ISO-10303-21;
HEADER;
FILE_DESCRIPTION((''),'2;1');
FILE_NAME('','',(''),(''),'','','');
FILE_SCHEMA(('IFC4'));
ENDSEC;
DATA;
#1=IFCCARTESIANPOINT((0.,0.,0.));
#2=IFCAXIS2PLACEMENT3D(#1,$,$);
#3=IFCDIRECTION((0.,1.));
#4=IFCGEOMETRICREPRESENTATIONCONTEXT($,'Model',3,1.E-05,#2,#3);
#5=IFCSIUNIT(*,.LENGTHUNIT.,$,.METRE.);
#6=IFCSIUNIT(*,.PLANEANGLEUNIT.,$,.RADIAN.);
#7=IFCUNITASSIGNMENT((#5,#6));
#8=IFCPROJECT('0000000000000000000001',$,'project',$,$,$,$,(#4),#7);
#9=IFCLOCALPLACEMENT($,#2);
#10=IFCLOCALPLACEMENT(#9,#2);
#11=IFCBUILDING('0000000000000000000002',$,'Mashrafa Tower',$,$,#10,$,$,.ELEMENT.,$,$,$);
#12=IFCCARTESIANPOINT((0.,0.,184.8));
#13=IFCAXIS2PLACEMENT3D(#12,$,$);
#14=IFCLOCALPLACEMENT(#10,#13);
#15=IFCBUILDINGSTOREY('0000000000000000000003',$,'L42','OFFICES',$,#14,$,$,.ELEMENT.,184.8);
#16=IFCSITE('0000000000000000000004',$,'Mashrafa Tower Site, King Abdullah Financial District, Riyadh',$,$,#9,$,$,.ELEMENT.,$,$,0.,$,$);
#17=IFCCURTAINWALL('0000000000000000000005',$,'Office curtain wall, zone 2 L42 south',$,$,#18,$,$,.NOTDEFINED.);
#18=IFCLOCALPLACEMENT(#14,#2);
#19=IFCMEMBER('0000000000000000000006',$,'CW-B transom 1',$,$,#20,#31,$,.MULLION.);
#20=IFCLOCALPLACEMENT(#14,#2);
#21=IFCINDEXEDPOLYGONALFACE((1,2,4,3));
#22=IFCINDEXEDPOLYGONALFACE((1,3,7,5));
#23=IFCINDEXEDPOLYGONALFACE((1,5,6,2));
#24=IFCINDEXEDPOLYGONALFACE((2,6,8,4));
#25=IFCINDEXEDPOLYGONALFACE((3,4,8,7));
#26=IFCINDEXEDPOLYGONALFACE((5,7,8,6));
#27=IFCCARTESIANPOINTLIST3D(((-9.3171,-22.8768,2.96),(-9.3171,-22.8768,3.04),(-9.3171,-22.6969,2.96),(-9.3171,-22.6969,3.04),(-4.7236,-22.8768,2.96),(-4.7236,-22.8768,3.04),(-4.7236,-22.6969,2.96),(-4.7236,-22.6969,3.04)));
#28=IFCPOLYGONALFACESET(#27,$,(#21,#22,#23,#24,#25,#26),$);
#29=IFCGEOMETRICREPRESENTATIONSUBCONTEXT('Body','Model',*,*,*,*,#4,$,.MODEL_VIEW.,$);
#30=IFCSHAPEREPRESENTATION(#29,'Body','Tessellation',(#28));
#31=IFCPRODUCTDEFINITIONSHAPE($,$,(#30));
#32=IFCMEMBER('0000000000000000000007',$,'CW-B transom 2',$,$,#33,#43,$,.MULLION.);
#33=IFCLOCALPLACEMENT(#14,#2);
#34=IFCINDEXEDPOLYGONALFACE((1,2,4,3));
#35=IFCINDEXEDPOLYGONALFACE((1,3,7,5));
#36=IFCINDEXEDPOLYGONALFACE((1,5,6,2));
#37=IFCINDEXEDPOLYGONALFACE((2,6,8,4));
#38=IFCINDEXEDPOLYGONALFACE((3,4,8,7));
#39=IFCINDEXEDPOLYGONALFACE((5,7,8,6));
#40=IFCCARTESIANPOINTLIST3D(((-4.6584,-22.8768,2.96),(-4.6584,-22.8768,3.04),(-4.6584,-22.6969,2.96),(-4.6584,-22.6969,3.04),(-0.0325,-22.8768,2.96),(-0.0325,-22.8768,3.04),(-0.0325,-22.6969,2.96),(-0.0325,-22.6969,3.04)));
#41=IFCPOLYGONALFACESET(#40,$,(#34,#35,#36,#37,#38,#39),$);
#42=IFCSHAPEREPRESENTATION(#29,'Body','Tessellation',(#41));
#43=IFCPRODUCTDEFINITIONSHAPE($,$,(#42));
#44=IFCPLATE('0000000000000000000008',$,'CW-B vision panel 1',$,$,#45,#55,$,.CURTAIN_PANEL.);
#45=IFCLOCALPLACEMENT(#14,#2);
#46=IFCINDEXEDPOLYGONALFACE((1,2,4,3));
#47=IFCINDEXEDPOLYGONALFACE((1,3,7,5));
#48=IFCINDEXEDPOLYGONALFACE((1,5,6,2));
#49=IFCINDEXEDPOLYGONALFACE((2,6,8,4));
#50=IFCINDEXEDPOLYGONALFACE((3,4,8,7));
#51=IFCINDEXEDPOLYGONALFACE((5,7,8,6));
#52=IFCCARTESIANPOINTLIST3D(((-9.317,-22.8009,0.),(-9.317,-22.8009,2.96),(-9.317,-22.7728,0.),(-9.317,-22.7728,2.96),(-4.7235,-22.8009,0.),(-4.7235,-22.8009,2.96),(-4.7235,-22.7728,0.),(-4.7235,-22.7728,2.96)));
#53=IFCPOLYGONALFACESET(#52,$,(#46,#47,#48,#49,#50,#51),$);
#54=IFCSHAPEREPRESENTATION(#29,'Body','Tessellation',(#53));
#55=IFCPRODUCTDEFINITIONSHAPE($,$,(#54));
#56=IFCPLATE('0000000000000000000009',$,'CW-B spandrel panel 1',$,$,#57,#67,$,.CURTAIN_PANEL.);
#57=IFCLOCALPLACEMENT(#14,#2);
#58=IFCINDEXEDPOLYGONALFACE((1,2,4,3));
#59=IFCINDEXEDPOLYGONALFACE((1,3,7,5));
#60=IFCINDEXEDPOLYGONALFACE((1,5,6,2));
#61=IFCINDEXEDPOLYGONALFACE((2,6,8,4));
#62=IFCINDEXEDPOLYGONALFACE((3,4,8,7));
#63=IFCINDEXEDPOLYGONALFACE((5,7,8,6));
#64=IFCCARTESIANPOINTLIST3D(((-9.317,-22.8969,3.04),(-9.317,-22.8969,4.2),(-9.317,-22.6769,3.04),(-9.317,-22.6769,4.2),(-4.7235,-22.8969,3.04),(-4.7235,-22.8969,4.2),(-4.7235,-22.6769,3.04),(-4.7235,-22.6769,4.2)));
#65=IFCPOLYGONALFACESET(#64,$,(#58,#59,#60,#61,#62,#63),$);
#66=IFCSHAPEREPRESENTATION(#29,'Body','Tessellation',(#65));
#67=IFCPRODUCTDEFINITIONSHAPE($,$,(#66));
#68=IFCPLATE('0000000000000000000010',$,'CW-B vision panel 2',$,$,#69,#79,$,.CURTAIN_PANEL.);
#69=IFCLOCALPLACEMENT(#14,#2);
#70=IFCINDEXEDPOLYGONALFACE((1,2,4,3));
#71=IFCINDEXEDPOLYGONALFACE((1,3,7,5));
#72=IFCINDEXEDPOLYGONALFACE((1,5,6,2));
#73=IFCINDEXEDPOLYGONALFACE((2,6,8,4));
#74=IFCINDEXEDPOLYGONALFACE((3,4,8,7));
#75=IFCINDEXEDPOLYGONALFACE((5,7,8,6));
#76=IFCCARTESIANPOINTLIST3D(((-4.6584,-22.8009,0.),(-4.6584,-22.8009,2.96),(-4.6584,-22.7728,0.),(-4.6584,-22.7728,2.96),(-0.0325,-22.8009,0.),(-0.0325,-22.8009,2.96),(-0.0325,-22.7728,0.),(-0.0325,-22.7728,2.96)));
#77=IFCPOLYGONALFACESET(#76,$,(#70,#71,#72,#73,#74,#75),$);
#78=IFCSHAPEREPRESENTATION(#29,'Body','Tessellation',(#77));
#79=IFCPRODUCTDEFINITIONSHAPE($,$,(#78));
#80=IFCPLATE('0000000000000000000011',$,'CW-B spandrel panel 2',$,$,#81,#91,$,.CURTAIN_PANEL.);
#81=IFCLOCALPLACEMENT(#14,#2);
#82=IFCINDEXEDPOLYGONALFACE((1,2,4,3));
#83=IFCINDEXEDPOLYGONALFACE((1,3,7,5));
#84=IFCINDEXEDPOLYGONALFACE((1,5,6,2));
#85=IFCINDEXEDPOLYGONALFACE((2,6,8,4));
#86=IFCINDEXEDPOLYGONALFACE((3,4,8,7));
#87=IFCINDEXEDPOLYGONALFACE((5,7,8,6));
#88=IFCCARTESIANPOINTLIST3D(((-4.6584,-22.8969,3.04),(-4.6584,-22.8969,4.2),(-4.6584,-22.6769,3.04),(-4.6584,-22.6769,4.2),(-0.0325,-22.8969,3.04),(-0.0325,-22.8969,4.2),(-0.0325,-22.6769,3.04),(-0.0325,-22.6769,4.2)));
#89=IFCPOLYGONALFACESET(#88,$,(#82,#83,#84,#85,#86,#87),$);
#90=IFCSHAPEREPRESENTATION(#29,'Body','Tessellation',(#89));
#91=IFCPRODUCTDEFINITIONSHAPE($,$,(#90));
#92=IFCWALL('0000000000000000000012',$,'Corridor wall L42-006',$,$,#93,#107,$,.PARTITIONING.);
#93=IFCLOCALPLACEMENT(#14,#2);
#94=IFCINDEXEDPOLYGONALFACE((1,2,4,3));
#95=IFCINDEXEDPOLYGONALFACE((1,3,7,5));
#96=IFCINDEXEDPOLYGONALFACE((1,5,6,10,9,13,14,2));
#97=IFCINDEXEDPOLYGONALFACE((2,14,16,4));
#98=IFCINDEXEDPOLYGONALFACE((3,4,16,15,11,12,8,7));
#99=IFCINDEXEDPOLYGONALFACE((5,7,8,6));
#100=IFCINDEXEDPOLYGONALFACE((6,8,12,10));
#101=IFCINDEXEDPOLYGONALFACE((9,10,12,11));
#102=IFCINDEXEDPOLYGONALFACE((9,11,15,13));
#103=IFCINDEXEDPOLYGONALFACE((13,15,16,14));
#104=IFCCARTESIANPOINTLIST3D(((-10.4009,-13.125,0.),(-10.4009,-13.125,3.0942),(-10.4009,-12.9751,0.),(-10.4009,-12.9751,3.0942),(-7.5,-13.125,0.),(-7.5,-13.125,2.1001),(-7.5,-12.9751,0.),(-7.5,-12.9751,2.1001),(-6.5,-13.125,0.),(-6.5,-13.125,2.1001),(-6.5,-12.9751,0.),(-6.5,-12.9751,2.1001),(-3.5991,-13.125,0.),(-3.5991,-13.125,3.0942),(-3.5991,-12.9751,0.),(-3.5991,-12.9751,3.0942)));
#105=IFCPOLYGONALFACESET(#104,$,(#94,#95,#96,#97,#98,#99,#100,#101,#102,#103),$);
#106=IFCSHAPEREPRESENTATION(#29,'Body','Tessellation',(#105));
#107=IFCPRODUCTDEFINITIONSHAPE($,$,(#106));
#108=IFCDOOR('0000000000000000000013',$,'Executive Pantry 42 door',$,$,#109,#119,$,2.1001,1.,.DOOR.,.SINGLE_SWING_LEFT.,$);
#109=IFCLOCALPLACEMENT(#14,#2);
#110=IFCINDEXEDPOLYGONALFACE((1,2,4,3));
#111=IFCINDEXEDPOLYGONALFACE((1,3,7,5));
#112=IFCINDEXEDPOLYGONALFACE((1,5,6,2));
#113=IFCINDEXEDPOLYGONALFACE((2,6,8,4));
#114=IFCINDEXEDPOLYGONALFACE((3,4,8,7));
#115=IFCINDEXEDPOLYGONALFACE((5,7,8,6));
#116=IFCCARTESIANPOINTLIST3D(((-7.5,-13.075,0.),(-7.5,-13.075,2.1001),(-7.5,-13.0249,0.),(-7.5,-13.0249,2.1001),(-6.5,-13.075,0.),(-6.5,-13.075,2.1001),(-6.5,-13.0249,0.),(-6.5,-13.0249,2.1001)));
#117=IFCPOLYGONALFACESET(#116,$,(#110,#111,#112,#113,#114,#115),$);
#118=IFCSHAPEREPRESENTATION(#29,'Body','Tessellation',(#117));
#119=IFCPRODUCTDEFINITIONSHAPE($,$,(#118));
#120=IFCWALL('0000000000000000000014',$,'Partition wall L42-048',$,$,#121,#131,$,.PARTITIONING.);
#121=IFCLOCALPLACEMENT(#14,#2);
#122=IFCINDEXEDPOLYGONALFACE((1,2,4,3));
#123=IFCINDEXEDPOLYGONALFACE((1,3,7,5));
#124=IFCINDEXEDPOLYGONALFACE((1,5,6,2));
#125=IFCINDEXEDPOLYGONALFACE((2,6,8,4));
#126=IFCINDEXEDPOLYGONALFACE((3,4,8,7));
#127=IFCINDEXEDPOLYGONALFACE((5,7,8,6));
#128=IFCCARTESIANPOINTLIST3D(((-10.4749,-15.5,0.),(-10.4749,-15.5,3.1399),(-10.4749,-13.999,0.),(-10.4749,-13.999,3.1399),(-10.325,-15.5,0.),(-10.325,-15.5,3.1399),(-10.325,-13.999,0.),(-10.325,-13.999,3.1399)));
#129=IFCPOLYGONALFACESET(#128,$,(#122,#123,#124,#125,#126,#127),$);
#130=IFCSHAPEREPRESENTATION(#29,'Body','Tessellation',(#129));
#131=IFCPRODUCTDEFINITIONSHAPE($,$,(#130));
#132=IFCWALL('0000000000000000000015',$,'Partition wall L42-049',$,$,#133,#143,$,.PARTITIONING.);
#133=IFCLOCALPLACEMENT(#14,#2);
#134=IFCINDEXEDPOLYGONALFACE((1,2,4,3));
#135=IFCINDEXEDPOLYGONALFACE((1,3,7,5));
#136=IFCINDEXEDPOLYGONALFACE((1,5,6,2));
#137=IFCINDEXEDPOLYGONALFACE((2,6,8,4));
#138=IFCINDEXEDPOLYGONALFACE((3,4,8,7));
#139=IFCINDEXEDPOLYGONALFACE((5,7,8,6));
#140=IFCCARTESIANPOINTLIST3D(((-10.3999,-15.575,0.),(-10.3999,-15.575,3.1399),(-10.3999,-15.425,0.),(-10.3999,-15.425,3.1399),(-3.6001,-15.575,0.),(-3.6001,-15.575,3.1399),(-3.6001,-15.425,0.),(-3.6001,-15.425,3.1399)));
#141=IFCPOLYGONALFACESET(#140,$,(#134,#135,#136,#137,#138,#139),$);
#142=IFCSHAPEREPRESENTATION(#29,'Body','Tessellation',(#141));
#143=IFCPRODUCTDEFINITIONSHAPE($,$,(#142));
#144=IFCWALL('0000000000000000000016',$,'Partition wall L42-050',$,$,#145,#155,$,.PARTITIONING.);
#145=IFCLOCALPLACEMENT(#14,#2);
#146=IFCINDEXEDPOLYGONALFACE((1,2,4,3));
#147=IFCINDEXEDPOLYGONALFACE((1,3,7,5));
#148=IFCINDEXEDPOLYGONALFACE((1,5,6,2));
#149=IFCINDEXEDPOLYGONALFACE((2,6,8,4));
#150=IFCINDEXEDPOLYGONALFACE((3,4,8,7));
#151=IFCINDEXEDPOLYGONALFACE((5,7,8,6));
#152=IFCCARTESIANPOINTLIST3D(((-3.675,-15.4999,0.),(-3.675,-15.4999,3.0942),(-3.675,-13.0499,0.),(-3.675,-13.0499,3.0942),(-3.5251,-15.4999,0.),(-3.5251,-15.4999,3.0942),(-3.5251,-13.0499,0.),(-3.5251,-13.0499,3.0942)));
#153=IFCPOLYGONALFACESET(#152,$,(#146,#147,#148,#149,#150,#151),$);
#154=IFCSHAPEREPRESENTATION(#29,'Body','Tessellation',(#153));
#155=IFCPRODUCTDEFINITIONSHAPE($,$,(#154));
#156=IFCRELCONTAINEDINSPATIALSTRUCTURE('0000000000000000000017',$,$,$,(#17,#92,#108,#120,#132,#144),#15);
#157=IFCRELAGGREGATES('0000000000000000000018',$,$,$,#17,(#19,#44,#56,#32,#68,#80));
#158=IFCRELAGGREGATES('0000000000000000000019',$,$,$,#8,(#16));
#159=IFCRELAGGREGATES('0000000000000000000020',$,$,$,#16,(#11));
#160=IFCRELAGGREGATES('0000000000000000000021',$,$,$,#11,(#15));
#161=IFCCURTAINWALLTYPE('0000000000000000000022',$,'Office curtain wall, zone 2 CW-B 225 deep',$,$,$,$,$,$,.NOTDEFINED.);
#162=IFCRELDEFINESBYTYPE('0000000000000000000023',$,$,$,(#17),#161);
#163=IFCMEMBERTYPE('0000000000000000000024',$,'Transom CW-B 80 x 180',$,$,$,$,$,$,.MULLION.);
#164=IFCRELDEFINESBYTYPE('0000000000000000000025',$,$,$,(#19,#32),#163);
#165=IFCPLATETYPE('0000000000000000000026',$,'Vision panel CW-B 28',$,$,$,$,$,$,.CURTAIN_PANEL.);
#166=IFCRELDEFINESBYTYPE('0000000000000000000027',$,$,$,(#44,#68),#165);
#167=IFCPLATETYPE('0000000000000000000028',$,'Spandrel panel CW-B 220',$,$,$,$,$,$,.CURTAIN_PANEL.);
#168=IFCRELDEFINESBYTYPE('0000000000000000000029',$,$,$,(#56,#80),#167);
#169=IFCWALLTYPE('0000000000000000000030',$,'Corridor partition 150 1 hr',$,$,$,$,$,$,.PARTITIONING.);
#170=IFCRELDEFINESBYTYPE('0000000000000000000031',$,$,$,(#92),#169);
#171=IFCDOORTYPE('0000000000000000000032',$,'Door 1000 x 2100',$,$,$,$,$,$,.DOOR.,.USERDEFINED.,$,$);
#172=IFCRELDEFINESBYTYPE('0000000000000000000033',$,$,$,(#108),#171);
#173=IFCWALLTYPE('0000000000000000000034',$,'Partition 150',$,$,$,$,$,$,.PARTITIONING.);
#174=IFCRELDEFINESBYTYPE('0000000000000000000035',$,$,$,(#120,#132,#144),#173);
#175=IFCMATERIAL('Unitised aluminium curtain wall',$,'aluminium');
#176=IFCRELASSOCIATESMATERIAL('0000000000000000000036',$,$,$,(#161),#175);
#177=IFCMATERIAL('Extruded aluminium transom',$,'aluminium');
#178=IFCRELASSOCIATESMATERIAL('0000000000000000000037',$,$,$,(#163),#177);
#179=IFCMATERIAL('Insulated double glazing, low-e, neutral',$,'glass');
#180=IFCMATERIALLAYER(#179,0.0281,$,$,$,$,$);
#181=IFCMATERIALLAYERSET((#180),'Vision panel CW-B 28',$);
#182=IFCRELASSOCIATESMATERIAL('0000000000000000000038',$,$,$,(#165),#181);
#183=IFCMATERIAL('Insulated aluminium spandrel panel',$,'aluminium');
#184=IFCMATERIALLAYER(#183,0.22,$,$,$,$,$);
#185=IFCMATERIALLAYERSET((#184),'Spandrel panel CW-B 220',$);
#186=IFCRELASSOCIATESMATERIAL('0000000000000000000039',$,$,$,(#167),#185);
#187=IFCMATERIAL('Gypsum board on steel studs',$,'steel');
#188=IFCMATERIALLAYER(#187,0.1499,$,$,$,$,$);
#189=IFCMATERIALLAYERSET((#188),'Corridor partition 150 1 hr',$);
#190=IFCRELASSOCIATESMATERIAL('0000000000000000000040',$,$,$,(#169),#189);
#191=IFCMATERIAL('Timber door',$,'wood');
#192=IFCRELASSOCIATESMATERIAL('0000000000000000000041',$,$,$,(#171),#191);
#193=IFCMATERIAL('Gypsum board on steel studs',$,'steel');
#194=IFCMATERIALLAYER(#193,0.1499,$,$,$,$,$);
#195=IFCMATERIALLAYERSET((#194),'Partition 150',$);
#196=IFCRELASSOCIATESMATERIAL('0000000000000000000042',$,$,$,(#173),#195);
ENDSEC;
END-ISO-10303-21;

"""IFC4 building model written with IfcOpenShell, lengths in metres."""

from ifc_helpers import new_model, si_unit, direction, frame, frame_2d, origin, origin_2d, place, context, subcontext, project, spatial, rectangle, extrude, source, transform, mapped, material, layer, layer_set, material_profile, profile_set, type_object, type_shapes, element, fill, aggregate, save


model = new_model("IFC4")

# Units and contexts
model_context = context("Model", 3, precision=1e-05, world=origin(), true_north=direction((0.0, 1.0)))
body_context = subcontext(model_context, "Body", "Model", "MODEL_VIEW")
ifc_project = project(units=[si_unit("LENGTHUNIT", "METRE"), si_unit("PLANEANGLEUNIT", "RADIAN")], contexts=[model_context])

# Site, building, storey
site_placement = place(None, origin())
site = spatial("IfcSite", under=ifc_project, at=site_placement, Name="Mashrafa Tower Site, King Abdullah Financial District, Riyadh", CompositionType="ELEMENT", RefElevation=0.0)
building_placement = place(site_placement, origin())
building = spatial("IfcBuilding", under=site, at=building_placement, Name="Mashrafa Tower", CompositionType="ELEMENT")
storey_placement = place(building_placement, frame((0.0, 0.0, 184.8)))
storey = spatial("IfcBuildingStorey", under=building, at=storey_placement, Name="L42", Description="OFFICES", CompositionType="ELEMENT", Elevation=184.8)

# Shared definitions
ifc_material_1 = material(Name="Unitised aluminium curtain wall", Category="aluminium")
curtain_wall_type = type_object("IfcCurtainWallType", Name="Office curtain wall, zone 2 CW-B 225 deep", PredefinedType="NOTDEFINED", material=ifc_material_1)

# Curtain wall, members, plates
curtain_wall_1_placement = place(storey_placement, origin())
curtain_wall_1 = element("IfcCurtainWall", 1, at=curtain_wall_1_placement, inside=storey, type_object=curtain_wall_type, Name="Office curtain wall, zone 2 L42 south", PredefinedType="NOTDEFINED")
ifc_material_2 = material(Name="Extruded aluminium transom", Category="aluminium")
ifc_material_profile_1 = material_profile(ifc_material_2, rectangle(XDim=0.1799, YDim=0.0801, at=origin_2d()), Name="Transom 80x180")
ifc_profile_set_1 = profile_set([ifc_material_profile_1], Name="Extruded aluminium transom")
member_type_1 = type_object("IfcMemberType", Name="Transom CW-B 80 x 180", PredefinedType="MULLION", material=ifc_profile_set_1)
shared_shape_1 = source(origin(), body_context, "Body", "SweptSolid", [
    extrude(rectangle(XDim=0.1799, YDim=0.0801, at=origin_2d()), origin(), (0.0, 0.0, 1.0), 4.5935),
])
member_1_placement = place(storey_placement, frame((-9.3171, -22.7869, 3.0), z_axis=(1.0, 0.0, 0.0), x_axis=(0.0, 1.0, 0.0)))
member_1 = element("IfcMember", 2, at=member_1_placement, type_object=member_type_1, Name="CW-B transom 1", PredefinedType="MULLION", context=body_context, shape_type="MappedRepresentation", body=[
    mapped(shared_shape_1, transform((0.0, 0.0, 0.0))),
])
shared_shape_2 = source(origin(), body_context, "Body", "SweptSolid", [
    extrude(rectangle(XDim=0.1799, YDim=0.0801, at=origin_2d()), origin(), (0.0, 0.0, 1.0), 4.626),
])
type_shapes(member_type_1, [shared_shape_1, shared_shape_2])
member_2_placement = place(storey_placement, frame((-4.6584, -22.7869, 3.0), z_axis=(1.0, 0.0, 0.0), x_axis=(0.0, 1.0, 0.0)))
member_2 = element("IfcMember", 3, at=member_2_placement, type_object=member_type_1, Name="CW-B transom 2", PredefinedType="MULLION", context=body_context, shape_type="MappedRepresentation", body=[
    mapped(shared_shape_2, transform((0.0, 0.0, 0.0))),
])
ifc_material_3 = material(Name="Insulated double glazing, low-e, neutral", Category="glass")
ifc_layer_1 = layer(ifc_material_3, 0.0281)
ifc_layer_set_1 = layer_set([ifc_layer_1], Name="Vision panel CW-B 28")
plate_type_1 = type_object("IfcPlateType", Name="Vision panel CW-B 28", PredefinedType="CURTAIN_PANEL", material=ifc_layer_set_1)
shared_shape_3 = source(origin(), body_context, "Body", "SweptSolid", [
    extrude(rectangle(XDim=4.5935, YDim=0.0281, at=origin_2d()), origin(), (0.0, 0.0, 1.0), 2.96),
])
plate_1_placement = place(storey_placement, frame((-7.0203, -22.7869, 0.0), z_axis=(0.0, 0.0, 1.0), x_axis=(1.0, 0.0, 0.0)))
plate_1 = element("IfcPlate", 4, at=plate_1_placement, type_object=plate_type_1, Name="CW-B vision panel 1", PredefinedType="CURTAIN_PANEL", context=body_context, shape_type="MappedRepresentation", body=[
    mapped(shared_shape_3, transform((0.0, 0.0, 0.0))),
])
ifc_material_4 = material(Name="Insulated aluminium spandrel panel", Category="aluminium")
ifc_layer_2 = layer(ifc_material_4, 0.22)
ifc_layer_set_2 = layer_set([ifc_layer_2], Name="Spandrel panel CW-B 220")
plate_type_2 = type_object("IfcPlateType", Name="Spandrel panel CW-B 220", PredefinedType="CURTAIN_PANEL", material=ifc_layer_set_2)
shared_shape_4 = source(origin(), body_context, "Body", "SweptSolid", [
    extrude(rectangle(XDim=4.5935, YDim=0.22, at=origin_2d()), origin(), (0.0, 0.0, 1.0), 1.1599),
])
plate_2_placement = place(storey_placement, frame((-7.0203, -22.7869, 3.04), z_axis=(0.0, 0.0, 1.0), x_axis=(1.0, 0.0, 0.0)))
plate_2 = element("IfcPlate", 5, at=plate_2_placement, type_object=plate_type_2, Name="CW-B spandrel panel 1", PredefinedType="CURTAIN_PANEL", context=body_context, shape_type="MappedRepresentation", body=[
    mapped(shared_shape_4, transform((0.0, 0.0, 0.0))),
])
shared_shape_5 = source(origin(), body_context, "Body", "SweptSolid", [
    extrude(rectangle(XDim=4.626, YDim=0.0281, at=origin_2d()), origin(), (0.0, 0.0, 1.0), 2.96),
])
type_shapes(plate_type_1, [shared_shape_3, shared_shape_5])
plate_3_placement = place(storey_placement, frame((-2.3455, -22.7869, 0.0), z_axis=(0.0, 0.0, 1.0), x_axis=(1.0, 0.0, 0.0)))
plate_3 = element("IfcPlate", 6, at=plate_3_placement, type_object=plate_type_1, Name="CW-B vision panel 2", PredefinedType="CURTAIN_PANEL", context=body_context, shape_type="MappedRepresentation", body=[
    mapped(shared_shape_5, transform((0.0, 0.0, 0.0))),
])
shared_shape_6 = source(origin(), body_context, "Body", "SweptSolid", [
    extrude(rectangle(XDim=4.626, YDim=0.22, at=origin_2d()), origin(), (0.0, 0.0, 1.0), 1.1599),
])
type_shapes(plate_type_2, [shared_shape_4, shared_shape_6])
plate_4_placement = place(storey_placement, frame((-2.3455, -22.7869, 3.04), z_axis=(0.0, 0.0, 1.0), x_axis=(1.0, 0.0, 0.0)))
plate_4 = element("IfcPlate", 7, at=plate_4_placement, type_object=plate_type_2, Name="CW-B spandrel panel 2", PredefinedType="CURTAIN_PANEL", context=body_context, shape_type="MappedRepresentation", body=[
    mapped(shared_shape_6, transform((0.0, 0.0, 0.0))),
])
aggregate(curtain_wall_1, [member_1, plate_1, plate_2, member_2, plate_3, plate_4])

# Wall, opening, door
ifc_material_5 = material(Name="Gypsum board on steel studs", Category="steel")
ifc_layer_3 = layer(ifc_material_5, 0.1499)
ifc_layer_set_3 = layer_set([ifc_layer_3], Name="Corridor partition 150 1 hr")
wall_type_1 = type_object("IfcWallType", Name="Corridor partition 150 1 hr", PredefinedType="PARTITIONING", material=ifc_layer_set_3)
wall_1_placement = place(storey_placement, frame((-10.4009, -13.05, 0.0), z_axis=(0.0, 0.0, 1.0), x_axis=(1.0, 0.0, 0.0)))
wall_1 = element("IfcWall", 8, at=wall_1_placement, inside=storey, type_object=wall_type_1, Name="Corridor wall L42-006", PredefinedType="PARTITIONING", context=body_context, shape_type="SweptSolid", body=[
    extrude(rectangle(XDim=6.8018, YDim=0.1499, at=frame_2d((3.4009, 0.0))), origin(), (0.0, 0.0, 1.0), 3.0942),
])
opening_1_placement = place(wall_1_placement, frame((2.9009, 0.0, 0.0)))
opening_1 = element("IfcOpeningElement", 9, at=opening_1_placement, cuts=wall_1, PredefinedType="OPENING", context=body_context, shape_type="SweptSolid", body=[
    extrude(rectangle(XDim=1.0, YDim=2.1001, at=frame_2d((0.5, 1.05))), frame((0.0, 0.085, 0.0), z_axis=(0.0, -1.0, 0.0), x_axis=(1.0, 0.0, 0.0)), (0.0, 0.0, 1.0), 0.1699),
])
ifc_material_6 = material(Name="Timber door", Category="wood")
door_type = type_object("IfcDoorType", Name="Door 1000 x 2100", OperationType="USERDEFINED", PredefinedType="DOOR", material=ifc_material_6)
door_1_placement = place(opening_1_placement, frame((1.0, 0.0, 0.0), z_axis=(0.0, 0.0, 1.0), x_axis=(-1.0, 0.0, 0.0)))
door_1 = element("IfcDoor", 10, at=door_1_placement, inside=storey, type_object=door_type, Name="Executive Pantry 42 door", OperationType="SINGLE_SWING_LEFT", OverallHeight=2.1001, OverallWidth=1.0, PredefinedType="DOOR", context=body_context, shape_type="SweptSolid", body=[
    extrude(rectangle(XDim=1.0, YDim=2.1001, at=frame_2d((0.5, 1.05))), frame((0.0, 0.0249, 0.0), z_axis=(0.0, -1.0, 0.0), x_axis=(1.0, 0.0, 0.0)), (0.0, 0.0, 1.0), 0.05),
])
fill(opening_1, door_1)

# Walls
ifc_material_7 = material(Name="Gypsum board on steel studs", Category="steel")
ifc_layer_4 = layer(ifc_material_7, 0.1499)
ifc_layer_set_4 = layer_set([ifc_layer_4], Name="Partition 150")
wall_type_2 = type_object("IfcWallType", Name="Partition 150", PredefinedType="PARTITIONING", material=ifc_layer_set_4)
wall_2_placement = place(storey_placement, frame((-10.3999, -13.999, 0.0), z_axis=(0.0, 0.0, 1.0), x_axis=(0.0, -1.0, 0.0)))
element("IfcWall", 11, at=wall_2_placement, inside=storey, type_object=wall_type_2, Name="Partition wall L42-048", PredefinedType="PARTITIONING", context=body_context, shape_type="SweptSolid", body=[
    extrude(rectangle(XDim=1.501, YDim=0.1499, at=frame_2d((0.7505, 0.0))), origin(), (0.0, 0.0, 1.0), 3.1399),
])
wall_3_placement = place(storey_placement, frame((-10.3999, -15.5, 0.0), z_axis=(0.0, 0.0, 1.0), x_axis=(1.0, 0.0, 0.0)))
element("IfcWall", 12, at=wall_3_placement, inside=storey, type_object=wall_type_2, Name="Partition wall L42-049", PredefinedType="PARTITIONING", context=body_context, shape_type="SweptSolid", body=[
    extrude(rectangle(XDim=6.7998, YDim=0.1499, at=frame_2d((3.3999, 0.0))), origin(), (0.0, 0.0, 1.0), 3.1399),
])
wall_4_placement = place(storey_placement, frame((-3.6001, -15.5, 0.0), z_axis=(0.0, 0.0, 1.0), x_axis=(0.0, 1.0, 0.0)))
element("IfcWall", 13, at=wall_4_placement, inside=storey, type_object=wall_type_2, Name="Partition wall L42-050", PredefinedType="PARTITIONING", context=body_context, shape_type="SweptSolid", body=[
    extrude(rectangle(XDim=2.45, YDim=0.1499, at=frame_2d((1.2251, 0.0))), origin(), (0.0, 0.0, 1.0), 3.0942),
])

save(model, "model.ifc")
